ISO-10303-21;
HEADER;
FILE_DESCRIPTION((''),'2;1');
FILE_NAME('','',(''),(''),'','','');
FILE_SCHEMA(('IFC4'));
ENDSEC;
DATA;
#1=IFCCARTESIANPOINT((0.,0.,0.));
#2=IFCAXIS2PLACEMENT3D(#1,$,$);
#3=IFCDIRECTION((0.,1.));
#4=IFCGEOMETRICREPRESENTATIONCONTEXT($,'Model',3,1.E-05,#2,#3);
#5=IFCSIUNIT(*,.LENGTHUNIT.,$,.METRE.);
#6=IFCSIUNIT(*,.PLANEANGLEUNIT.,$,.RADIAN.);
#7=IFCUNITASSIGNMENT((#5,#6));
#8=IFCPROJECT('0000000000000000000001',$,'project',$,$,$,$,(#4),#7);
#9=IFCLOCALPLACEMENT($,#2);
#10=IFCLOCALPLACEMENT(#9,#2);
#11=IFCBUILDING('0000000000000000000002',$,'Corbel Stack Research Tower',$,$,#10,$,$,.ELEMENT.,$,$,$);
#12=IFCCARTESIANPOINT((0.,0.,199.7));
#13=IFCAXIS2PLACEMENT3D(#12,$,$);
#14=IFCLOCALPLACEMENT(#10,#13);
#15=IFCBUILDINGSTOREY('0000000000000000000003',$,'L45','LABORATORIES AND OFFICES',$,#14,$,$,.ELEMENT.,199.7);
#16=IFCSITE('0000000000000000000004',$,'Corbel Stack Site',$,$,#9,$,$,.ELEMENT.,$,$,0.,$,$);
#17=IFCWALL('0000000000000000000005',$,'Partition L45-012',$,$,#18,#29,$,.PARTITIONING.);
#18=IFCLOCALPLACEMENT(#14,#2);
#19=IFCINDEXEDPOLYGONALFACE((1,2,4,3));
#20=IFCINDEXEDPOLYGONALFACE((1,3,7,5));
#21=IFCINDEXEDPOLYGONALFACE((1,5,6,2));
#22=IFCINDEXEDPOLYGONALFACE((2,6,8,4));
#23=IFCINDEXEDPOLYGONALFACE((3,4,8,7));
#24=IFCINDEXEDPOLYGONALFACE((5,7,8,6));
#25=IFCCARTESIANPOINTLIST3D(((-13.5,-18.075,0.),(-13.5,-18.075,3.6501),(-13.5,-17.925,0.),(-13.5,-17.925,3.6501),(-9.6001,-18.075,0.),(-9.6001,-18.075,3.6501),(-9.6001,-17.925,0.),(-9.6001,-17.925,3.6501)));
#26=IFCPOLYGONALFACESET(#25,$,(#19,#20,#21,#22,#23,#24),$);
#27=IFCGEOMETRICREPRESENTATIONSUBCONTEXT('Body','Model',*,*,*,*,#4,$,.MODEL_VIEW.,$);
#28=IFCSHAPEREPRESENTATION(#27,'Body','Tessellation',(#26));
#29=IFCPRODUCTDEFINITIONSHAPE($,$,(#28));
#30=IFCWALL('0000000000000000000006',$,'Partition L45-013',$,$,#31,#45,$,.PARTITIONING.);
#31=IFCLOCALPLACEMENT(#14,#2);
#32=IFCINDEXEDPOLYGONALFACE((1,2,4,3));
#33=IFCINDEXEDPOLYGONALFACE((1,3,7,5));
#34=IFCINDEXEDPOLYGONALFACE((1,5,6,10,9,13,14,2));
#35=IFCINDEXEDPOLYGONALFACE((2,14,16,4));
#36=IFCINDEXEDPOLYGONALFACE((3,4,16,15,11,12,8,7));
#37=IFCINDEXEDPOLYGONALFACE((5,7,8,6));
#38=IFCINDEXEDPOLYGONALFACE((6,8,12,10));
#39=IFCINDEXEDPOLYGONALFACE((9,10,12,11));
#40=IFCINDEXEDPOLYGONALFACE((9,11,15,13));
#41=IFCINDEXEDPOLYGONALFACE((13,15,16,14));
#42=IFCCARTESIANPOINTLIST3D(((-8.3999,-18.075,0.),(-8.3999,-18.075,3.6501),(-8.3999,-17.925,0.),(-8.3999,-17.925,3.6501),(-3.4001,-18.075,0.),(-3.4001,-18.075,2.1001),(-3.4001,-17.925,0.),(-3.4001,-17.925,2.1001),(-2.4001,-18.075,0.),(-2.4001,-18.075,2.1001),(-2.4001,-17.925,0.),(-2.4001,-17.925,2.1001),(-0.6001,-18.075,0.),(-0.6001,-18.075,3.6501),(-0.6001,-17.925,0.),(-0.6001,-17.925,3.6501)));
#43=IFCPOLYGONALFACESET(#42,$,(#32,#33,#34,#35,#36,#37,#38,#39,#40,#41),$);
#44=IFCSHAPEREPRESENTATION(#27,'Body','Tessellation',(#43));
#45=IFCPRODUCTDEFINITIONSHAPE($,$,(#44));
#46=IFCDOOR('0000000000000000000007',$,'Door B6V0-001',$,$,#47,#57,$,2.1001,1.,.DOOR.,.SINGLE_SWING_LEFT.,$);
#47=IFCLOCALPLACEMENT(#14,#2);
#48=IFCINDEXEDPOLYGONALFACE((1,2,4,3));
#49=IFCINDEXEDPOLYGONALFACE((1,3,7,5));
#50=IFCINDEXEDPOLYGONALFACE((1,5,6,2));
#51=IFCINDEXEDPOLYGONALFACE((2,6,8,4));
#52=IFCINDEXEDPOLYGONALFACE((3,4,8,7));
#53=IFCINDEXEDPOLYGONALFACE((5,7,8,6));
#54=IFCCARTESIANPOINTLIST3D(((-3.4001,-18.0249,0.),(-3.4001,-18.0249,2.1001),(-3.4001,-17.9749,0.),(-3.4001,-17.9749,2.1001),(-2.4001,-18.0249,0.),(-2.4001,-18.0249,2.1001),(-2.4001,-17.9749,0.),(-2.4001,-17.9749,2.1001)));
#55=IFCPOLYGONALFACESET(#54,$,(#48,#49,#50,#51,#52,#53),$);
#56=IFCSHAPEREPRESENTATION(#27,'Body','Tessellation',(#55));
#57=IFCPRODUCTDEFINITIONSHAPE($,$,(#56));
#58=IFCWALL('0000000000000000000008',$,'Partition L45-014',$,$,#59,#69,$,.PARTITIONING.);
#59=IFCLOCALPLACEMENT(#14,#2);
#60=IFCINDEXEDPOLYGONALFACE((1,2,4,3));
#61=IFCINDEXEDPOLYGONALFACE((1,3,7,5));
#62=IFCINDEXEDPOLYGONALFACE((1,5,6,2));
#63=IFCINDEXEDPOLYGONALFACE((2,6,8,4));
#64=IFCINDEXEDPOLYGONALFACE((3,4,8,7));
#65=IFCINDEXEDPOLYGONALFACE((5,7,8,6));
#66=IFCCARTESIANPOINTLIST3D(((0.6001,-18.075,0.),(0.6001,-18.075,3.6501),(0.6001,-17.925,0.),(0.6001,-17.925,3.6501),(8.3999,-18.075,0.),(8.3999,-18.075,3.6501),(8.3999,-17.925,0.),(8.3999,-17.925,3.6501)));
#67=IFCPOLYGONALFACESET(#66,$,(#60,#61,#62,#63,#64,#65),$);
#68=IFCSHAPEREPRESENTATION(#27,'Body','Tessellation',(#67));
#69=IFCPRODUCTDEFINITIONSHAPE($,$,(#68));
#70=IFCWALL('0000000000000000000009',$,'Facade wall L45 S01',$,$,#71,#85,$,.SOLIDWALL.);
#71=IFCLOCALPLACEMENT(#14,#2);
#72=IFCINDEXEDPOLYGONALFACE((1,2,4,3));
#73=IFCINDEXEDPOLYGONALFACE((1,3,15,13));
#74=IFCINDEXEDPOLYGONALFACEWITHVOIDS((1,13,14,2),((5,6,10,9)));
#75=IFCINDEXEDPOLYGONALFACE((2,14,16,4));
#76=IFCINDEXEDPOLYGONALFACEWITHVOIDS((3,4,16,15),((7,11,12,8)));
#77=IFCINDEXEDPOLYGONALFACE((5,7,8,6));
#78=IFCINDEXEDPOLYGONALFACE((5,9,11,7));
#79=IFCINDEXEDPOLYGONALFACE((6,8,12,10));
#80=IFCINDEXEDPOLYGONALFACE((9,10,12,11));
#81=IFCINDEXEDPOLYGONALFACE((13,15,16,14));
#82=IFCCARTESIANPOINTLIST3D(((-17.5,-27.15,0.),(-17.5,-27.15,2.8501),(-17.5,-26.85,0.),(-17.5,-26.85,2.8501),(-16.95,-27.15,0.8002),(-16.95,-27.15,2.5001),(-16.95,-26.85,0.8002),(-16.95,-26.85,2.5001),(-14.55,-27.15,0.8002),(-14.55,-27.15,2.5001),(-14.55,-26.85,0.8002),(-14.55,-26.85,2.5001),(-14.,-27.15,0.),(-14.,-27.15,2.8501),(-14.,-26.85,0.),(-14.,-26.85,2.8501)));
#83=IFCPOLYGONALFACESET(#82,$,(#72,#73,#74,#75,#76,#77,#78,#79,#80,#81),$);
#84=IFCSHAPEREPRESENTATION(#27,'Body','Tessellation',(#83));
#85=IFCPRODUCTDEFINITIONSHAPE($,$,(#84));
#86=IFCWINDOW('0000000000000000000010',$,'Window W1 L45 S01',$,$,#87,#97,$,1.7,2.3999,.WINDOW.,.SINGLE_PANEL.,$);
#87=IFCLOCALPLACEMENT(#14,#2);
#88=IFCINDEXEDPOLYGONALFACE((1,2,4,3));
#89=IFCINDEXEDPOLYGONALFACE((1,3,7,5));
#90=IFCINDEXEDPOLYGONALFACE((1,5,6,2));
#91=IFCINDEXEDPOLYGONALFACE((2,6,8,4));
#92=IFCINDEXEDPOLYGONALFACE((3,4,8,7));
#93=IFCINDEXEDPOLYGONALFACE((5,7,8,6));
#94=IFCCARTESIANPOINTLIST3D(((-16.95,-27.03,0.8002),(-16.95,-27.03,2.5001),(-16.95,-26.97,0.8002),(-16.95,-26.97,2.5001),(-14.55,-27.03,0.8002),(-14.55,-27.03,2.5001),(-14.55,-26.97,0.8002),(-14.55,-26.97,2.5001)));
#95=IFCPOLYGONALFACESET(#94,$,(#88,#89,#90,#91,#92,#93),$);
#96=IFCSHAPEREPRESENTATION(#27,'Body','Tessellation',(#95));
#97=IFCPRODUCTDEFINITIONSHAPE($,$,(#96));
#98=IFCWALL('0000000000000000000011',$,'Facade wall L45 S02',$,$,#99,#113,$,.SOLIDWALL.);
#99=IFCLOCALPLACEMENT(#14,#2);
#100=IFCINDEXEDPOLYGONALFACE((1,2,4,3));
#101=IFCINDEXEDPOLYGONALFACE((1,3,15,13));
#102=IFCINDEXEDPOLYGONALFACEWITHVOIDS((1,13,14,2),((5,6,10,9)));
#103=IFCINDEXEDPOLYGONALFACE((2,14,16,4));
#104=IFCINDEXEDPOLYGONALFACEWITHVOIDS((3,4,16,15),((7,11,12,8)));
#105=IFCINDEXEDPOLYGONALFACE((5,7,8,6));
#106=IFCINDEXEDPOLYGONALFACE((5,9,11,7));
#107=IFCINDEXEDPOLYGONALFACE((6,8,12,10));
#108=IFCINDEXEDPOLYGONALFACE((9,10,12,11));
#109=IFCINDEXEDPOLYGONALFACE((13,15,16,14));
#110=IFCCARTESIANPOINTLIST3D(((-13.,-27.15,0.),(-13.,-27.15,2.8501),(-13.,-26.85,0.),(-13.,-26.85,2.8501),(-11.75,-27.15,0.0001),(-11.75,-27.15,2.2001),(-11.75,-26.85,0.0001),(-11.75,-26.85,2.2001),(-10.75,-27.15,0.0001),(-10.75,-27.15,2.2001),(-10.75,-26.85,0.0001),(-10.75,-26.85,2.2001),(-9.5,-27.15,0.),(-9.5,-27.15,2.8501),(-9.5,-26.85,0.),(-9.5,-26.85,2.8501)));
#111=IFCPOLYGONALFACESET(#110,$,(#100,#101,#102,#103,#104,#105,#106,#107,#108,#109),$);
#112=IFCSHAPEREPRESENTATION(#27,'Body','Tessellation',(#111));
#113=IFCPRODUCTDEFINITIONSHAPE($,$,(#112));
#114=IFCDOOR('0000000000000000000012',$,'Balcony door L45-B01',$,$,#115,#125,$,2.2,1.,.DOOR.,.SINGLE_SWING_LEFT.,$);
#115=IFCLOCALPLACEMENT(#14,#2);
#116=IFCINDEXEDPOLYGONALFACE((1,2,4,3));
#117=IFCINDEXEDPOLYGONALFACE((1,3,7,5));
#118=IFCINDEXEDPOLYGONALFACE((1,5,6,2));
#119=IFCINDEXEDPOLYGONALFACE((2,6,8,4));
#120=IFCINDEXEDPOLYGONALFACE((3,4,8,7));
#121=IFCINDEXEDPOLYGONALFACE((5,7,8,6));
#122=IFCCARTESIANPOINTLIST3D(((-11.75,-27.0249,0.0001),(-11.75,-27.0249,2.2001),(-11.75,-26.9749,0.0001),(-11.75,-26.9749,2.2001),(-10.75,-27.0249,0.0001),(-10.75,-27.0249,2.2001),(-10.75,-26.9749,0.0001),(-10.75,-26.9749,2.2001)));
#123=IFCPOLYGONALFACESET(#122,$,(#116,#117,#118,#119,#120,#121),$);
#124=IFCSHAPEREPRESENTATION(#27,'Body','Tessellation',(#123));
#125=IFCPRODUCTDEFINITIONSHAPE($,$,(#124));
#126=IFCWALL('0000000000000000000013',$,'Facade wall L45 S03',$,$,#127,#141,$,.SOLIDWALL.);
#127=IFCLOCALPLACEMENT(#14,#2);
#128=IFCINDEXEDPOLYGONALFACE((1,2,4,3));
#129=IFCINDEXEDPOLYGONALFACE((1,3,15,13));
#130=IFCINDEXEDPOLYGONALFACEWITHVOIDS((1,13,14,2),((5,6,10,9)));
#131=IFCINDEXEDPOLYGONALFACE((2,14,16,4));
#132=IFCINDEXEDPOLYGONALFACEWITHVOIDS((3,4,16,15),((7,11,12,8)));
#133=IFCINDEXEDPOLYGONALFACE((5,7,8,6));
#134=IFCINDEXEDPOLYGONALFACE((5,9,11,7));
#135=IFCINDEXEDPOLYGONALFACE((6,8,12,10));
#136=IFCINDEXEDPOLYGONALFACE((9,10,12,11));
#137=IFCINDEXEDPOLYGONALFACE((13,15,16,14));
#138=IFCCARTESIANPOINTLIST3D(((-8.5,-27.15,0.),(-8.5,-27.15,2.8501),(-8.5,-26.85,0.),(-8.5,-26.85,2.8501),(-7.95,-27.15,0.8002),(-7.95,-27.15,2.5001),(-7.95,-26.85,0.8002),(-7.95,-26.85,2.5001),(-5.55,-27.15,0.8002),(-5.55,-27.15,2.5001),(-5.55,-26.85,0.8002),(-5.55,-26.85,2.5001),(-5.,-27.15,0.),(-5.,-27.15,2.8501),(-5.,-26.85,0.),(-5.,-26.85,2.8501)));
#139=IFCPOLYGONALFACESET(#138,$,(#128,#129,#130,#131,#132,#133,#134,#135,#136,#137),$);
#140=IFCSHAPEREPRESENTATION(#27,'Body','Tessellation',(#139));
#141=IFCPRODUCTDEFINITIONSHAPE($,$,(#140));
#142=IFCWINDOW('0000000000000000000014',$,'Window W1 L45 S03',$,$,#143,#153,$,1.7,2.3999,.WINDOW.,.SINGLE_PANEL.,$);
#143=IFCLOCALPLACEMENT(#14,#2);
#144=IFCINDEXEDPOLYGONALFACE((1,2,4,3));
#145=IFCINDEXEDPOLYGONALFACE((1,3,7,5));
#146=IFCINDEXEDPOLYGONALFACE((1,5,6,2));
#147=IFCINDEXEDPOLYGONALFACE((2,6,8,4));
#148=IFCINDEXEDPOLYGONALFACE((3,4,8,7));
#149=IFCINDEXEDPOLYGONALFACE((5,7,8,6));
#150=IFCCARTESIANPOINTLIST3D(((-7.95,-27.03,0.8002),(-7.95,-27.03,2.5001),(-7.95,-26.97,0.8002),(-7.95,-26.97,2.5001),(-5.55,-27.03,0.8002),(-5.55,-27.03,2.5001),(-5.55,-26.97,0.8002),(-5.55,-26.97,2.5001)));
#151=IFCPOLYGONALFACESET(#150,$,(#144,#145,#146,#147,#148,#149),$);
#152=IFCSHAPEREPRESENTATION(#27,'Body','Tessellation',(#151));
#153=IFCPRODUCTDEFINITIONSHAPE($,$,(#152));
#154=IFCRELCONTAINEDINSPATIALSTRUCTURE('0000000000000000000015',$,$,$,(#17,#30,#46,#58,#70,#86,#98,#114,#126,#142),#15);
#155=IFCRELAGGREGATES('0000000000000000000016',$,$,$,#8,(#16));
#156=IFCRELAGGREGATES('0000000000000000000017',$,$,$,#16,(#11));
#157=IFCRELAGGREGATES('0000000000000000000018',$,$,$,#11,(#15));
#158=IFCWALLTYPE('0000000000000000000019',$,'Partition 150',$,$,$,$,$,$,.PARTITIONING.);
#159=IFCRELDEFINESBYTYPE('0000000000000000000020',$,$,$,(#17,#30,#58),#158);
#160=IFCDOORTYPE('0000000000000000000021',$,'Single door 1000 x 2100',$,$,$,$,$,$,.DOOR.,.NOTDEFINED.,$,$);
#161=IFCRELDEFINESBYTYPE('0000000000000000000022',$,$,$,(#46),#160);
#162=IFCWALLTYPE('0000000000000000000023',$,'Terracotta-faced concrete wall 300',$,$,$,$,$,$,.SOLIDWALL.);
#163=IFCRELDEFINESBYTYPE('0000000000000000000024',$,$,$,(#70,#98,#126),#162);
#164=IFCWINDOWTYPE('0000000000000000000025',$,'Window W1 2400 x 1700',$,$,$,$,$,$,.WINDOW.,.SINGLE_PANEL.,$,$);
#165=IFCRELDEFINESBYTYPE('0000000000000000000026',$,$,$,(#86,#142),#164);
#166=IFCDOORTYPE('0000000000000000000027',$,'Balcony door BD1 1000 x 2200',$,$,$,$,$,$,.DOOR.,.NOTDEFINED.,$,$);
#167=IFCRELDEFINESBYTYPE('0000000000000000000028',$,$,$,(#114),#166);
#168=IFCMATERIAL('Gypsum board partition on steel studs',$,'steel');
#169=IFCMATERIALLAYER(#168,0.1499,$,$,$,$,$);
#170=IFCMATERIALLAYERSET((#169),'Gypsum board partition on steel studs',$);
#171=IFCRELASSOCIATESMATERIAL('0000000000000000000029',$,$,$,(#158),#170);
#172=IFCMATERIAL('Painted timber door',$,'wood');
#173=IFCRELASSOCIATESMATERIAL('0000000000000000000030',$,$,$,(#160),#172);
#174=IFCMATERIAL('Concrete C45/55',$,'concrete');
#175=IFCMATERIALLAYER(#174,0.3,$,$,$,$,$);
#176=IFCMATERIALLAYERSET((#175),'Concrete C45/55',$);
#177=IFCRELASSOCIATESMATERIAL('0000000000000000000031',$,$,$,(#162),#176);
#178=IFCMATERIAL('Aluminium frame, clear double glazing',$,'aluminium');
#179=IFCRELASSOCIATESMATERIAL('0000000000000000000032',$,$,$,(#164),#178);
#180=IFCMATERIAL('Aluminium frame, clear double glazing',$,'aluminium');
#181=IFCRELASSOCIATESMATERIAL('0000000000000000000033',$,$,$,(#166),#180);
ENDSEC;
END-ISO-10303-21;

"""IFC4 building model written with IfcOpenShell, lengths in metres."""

from ifc_helpers import new_model, si_unit, direction, frame, frame_2d, origin, place, context, subcontext, project, spatial, rectangle, extrude, material, layer, layer_set, type_object, element, fill, save


model = new_model("IFC4")

# Units and contexts
model_context = context("Model", 3, precision=1e-05, world=origin(), true_north=direction((0.0, 1.0)))
body_context = subcontext(model_context, "Body", "Model", "MODEL_VIEW")
ifc_project = project(units=[si_unit("LENGTHUNIT", "METRE"), si_unit("PLANEANGLEUNIT", "RADIAN")], contexts=[model_context])

# Site, building, storey
site_placement = place(None, origin())
site = spatial("IfcSite", under=ifc_project, at=site_placement, Name="Corbel Stack Site", CompositionType="ELEMENT", RefElevation=0.0)
building_placement = place(site_placement, origin())
building = spatial("IfcBuilding", under=site, at=building_placement, Name="Corbel Stack Research Tower", CompositionType="ELEMENT")
storey_placement = place(building_placement, frame((0.0, 0.0, 199.7)))
storey = spatial("IfcBuildingStorey", under=building, at=storey_placement, Name="L45", Description="LABORATORIES AND OFFICES", CompositionType="ELEMENT", Elevation=199.7)

# Wall
ifc_material_1 = material(Name="Gypsum board partition on steel studs", Category="steel")
ifc_layer_1 = layer(ifc_material_1, 0.1499)
ifc_layer_set_1 = layer_set([ifc_layer_1], Name="Gypsum board partition on steel studs")
wall_type_1 = type_object("IfcWallType", Name="Partition 150", PredefinedType="PARTITIONING", material=ifc_layer_set_1)
wall_1_placement = place(storey_placement, frame((-13.5, -18.0, 0.0), z_axis=(0.0, 0.0, 1.0), x_axis=(1.0, 0.0, 0.0)))
element("IfcWall", 1, at=wall_1_placement, inside=storey, type_object=wall_type_1, Name="Partition L45-012", PredefinedType="PARTITIONING", context=body_context, shape_type="SweptSolid", body=[
    extrude(rectangle(XDim=3.8999, YDim=0.1499, at=frame_2d((1.95, 0.0))), origin(), (0.0, 0.0, 1.0), 3.6501),
])

# Wall, opening, door
wall_2_placement = place(storey_placement, frame((-0.6001, -18.0, 0.0), z_axis=(0.0, 0.0, 1.0), x_axis=(-1.0, 0.0, 0.0)))
wall_2 = element("IfcWall", 2, at=wall_2_placement, inside=storey, type_object=wall_type_1, Name="Partition L45-013", PredefinedType="PARTITIONING", context=body_context, shape_type="SweptSolid", body=[
    extrude(rectangle(XDim=7.7998, YDim=0.1499, at=frame_2d((3.8999, 0.0))), origin(), (0.0, 0.0, 1.0), 3.6501),
])
opening_1_placement = place(wall_2_placement, frame((1.8, 0.0, 0.0)))
opening_1 = element("IfcOpeningElement", 3, at=opening_1_placement, cuts=wall_2, PredefinedType="OPENING", context=body_context, shape_type="SweptSolid", body=[
    extrude(rectangle(XDim=1.0, YDim=2.1001, at=frame_2d((0.5, 1.05))), frame((0.0, 0.085, 0.0), z_axis=(0.0, -1.0, 0.0), x_axis=(1.0, 0.0, 0.0)), (0.0, 0.0, 1.0), 0.1699),
])
ifc_material_2 = material(Name="Painted timber door", Category="wood")
door_type_1 = type_object("IfcDoorType", Name="Single door 1000 x 2100", OperationType="NOTDEFINED", PredefinedType="DOOR", material=ifc_material_2)
door_1_placement = place(opening_1_placement, origin())
door_1 = element("IfcDoor", 4, at=door_1_placement, inside=storey, type_object=door_type_1, Name="Door B6V0-001", OperationType="SINGLE_SWING_LEFT", OverallHeight=2.1001, OverallWidth=1.0, PredefinedType="DOOR", context=body_context, shape_type="SweptSolid", body=[
    extrude(rectangle(XDim=1.0, YDim=2.1001, at=frame_2d((0.5, 1.05))), frame((0.0, 0.0249, 0.0), z_axis=(0.0, -1.0, 0.0), x_axis=(1.0, 0.0, 0.0)), (0.0, 0.0, 1.0), 0.05),
])
fill(opening_1, door_1)

# Wall
wall_3_placement = place(storey_placement, frame((0.6001, -18.0, 0.0), z_axis=(0.0, 0.0, 1.0), x_axis=(1.0, 0.0, 0.0)))
element("IfcWall", 5, at=wall_3_placement, inside=storey, type_object=wall_type_1, Name="Partition L45-014", PredefinedType="PARTITIONING", context=body_context, shape_type="SweptSolid", body=[
    extrude(rectangle(XDim=7.7998, YDim=0.1499, at=frame_2d((3.8999, 0.0))), origin(), (0.0, 0.0, 1.0), 3.6501),
])

# Wall, opening, window
ifc_material_3 = material(Name="Concrete C45/55", Category="concrete")
ifc_layer_2 = layer(ifc_material_3, 0.3)
ifc_layer_set_2 = layer_set([ifc_layer_2], Name="Concrete C45/55")
wall_type_2 = type_object("IfcWallType", Name="Terracotta-faced concrete wall 300", PredefinedType="SOLIDWALL", material=ifc_layer_set_2)
wall_4_placement = place(storey_placement, frame((-14.0, -27.0, 0.0), z_axis=(0.0, 0.0, 1.0), x_axis=(-1.0, 0.0, 0.0)))
wall_4 = element("IfcWall", 6, at=wall_4_placement, inside=storey, type_object=wall_type_2, Name="Facade wall L45 S01", PredefinedType="SOLIDWALL", context=body_context, shape_type="SweptSolid", body=[
    extrude(rectangle(XDim=3.5, YDim=0.3, at=frame_2d((1.75, 0.0))), origin(), (0.0, 0.0, 1.0), 2.8501),
])
opening_2_placement = place(wall_4_placement, frame((0.55, 0.0, 0.8)))
opening_2 = element("IfcOpeningElement", 7, at=opening_2_placement, cuts=wall_4, PredefinedType="OPENING", context=body_context, shape_type="SweptSolid", body=[
    extrude(rectangle(XDim=2.3999, YDim=1.7, at=frame_2d((1.2, 0.8501))), frame((0.0, 0.1599, 0.0), z_axis=(0.0, -1.0, 0.0), x_axis=(1.0, 0.0, 0.0)), (0.0, 0.0, 1.0), 0.3201),
])
ifc_material_4 = material(Name="Aluminium frame, clear double glazing", Category="aluminium")
window_type = type_object("IfcWindowType", Name="Window W1 2400 x 1700", PartitioningType="SINGLE_PANEL", PredefinedType="WINDOW", material=ifc_material_4)
window_1_placement = place(opening_2_placement, origin())
window_1 = element("IfcWindow", 8, at=window_1_placement, inside=storey, type_object=window_type, Name="Window W1 L45 S01", OverallHeight=1.7, OverallWidth=2.3999, PartitioningType="SINGLE_PANEL", PredefinedType="WINDOW", context=body_context, shape_type="SweptSolid", body=[
    extrude(rectangle(XDim=2.3999, YDim=1.7, at=frame_2d((1.2, 0.8501))), frame((0.0, 0.03, 0.0), z_axis=(0.0, -1.0, 0.0), x_axis=(1.0, 0.0, 0.0)), (0.0, 0.0, 1.0), 0.0601),
])
fill(opening_2, window_1)

# Wall, opening, door
wall_5_placement = place(storey_placement, frame((-9.5, -27.0, 0.0), z_axis=(0.0, 0.0, 1.0), x_axis=(-1.0, 0.0, 0.0)))
wall_5 = element("IfcWall", 9, at=wall_5_placement, inside=storey, type_object=wall_type_2, Name="Facade wall L45 S02", PredefinedType="SOLIDWALL", context=body_context, shape_type="SweptSolid", body=[
    extrude(rectangle(XDim=3.5, YDim=0.3, at=frame_2d((1.75, 0.0))), origin(), (0.0, 0.0, 1.0), 2.8501),
])
opening_3_placement = place(wall_5_placement, frame((1.25, 0.0, 0.0)))
opening_3 = element("IfcOpeningElement", 10, at=opening_3_placement, cuts=wall_5, PredefinedType="OPENING", context=body_context, shape_type="SweptSolid", body=[
    extrude(rectangle(XDim=1.0, YDim=2.2, at=frame_2d((0.5, 1.1001))), frame((0.0, 0.1599, 0.0), z_axis=(0.0, -1.0, 0.0), x_axis=(1.0, 0.0, 0.0)), (0.0, 0.0, 1.0), 0.3201),
])
ifc_material_5 = material(Name="Aluminium frame, clear double glazing", Category="aluminium")
door_type_2 = type_object("IfcDoorType", Name="Balcony door BD1 1000 x 2200", OperationType="NOTDEFINED", PredefinedType="DOOR", material=ifc_material_5)
door_2_placement = place(opening_3_placement, origin())
door_2 = element("IfcDoor", 11, at=door_2_placement, inside=storey, type_object=door_type_2, Name="Balcony door L45-B01", OperationType="SINGLE_SWING_LEFT", OverallHeight=2.2, OverallWidth=1.0, PredefinedType="DOOR", context=body_context, shape_type="SweptSolid", body=[
    extrude(rectangle(XDim=1.0, YDim=2.2, at=frame_2d((0.5, 1.1001))), frame((0.0, 0.0249, 0.0), z_axis=(0.0, -1.0, 0.0), x_axis=(1.0, 0.0, 0.0)), (0.0, 0.0, 1.0), 0.05),
])
fill(opening_3, door_2)

# Wall, opening, window
wall_6_placement = place(storey_placement, frame((-5.0, -27.0, 0.0), z_axis=(0.0, 0.0, 1.0), x_axis=(-1.0, 0.0, 0.0)))
wall_6 = element("IfcWall", 12, at=wall_6_placement, inside=storey, type_object=wall_type_2, Name="Facade wall L45 S03", PredefinedType="SOLIDWALL", context=body_context, shape_type="SweptSolid", body=[
    extrude(rectangle(XDim=3.5, YDim=0.3, at=frame_2d((1.75, 0.0))), origin(), (0.0, 0.0, 1.0), 2.8501),
])
opening_4_placement = place(wall_6_placement, frame((0.55, 0.0, 0.8)))
opening_4 = element("IfcOpeningElement", 13, at=opening_4_placement, cuts=wall_6, PredefinedType="OPENING", context=body_context, shape_type="SweptSolid", body=[
    extrude(rectangle(XDim=2.3999, YDim=1.7, at=frame_2d((1.2, 0.8501))), frame((0.0, 0.1599, 0.0), z_axis=(0.0, -1.0, 0.0), x_axis=(1.0, 0.0, 0.0)), (0.0, 0.0, 1.0), 0.3201),
])
window_2_placement = place(opening_4_placement, origin())
window_2 = element("IfcWindow", 14, at=window_2_placement, inside=storey, type_object=window_type, Name="Window W1 L45 S03", OverallHeight=1.7, OverallWidth=2.3999, PartitioningType="SINGLE_PANEL", PredefinedType="WINDOW", context=body_context, shape_type="SweptSolid", body=[
    extrude(rectangle(XDim=2.3999, YDim=1.7, at=frame_2d((1.2, 0.8501))), frame((0.0, 0.03, 0.0), z_axis=(0.0, -1.0, 0.0), x_axis=(1.0, 0.0, 0.0)), (0.0, 0.0, 1.0), 0.0601),
])
fill(opening_4, window_2)

save(model, "model.ifc")
